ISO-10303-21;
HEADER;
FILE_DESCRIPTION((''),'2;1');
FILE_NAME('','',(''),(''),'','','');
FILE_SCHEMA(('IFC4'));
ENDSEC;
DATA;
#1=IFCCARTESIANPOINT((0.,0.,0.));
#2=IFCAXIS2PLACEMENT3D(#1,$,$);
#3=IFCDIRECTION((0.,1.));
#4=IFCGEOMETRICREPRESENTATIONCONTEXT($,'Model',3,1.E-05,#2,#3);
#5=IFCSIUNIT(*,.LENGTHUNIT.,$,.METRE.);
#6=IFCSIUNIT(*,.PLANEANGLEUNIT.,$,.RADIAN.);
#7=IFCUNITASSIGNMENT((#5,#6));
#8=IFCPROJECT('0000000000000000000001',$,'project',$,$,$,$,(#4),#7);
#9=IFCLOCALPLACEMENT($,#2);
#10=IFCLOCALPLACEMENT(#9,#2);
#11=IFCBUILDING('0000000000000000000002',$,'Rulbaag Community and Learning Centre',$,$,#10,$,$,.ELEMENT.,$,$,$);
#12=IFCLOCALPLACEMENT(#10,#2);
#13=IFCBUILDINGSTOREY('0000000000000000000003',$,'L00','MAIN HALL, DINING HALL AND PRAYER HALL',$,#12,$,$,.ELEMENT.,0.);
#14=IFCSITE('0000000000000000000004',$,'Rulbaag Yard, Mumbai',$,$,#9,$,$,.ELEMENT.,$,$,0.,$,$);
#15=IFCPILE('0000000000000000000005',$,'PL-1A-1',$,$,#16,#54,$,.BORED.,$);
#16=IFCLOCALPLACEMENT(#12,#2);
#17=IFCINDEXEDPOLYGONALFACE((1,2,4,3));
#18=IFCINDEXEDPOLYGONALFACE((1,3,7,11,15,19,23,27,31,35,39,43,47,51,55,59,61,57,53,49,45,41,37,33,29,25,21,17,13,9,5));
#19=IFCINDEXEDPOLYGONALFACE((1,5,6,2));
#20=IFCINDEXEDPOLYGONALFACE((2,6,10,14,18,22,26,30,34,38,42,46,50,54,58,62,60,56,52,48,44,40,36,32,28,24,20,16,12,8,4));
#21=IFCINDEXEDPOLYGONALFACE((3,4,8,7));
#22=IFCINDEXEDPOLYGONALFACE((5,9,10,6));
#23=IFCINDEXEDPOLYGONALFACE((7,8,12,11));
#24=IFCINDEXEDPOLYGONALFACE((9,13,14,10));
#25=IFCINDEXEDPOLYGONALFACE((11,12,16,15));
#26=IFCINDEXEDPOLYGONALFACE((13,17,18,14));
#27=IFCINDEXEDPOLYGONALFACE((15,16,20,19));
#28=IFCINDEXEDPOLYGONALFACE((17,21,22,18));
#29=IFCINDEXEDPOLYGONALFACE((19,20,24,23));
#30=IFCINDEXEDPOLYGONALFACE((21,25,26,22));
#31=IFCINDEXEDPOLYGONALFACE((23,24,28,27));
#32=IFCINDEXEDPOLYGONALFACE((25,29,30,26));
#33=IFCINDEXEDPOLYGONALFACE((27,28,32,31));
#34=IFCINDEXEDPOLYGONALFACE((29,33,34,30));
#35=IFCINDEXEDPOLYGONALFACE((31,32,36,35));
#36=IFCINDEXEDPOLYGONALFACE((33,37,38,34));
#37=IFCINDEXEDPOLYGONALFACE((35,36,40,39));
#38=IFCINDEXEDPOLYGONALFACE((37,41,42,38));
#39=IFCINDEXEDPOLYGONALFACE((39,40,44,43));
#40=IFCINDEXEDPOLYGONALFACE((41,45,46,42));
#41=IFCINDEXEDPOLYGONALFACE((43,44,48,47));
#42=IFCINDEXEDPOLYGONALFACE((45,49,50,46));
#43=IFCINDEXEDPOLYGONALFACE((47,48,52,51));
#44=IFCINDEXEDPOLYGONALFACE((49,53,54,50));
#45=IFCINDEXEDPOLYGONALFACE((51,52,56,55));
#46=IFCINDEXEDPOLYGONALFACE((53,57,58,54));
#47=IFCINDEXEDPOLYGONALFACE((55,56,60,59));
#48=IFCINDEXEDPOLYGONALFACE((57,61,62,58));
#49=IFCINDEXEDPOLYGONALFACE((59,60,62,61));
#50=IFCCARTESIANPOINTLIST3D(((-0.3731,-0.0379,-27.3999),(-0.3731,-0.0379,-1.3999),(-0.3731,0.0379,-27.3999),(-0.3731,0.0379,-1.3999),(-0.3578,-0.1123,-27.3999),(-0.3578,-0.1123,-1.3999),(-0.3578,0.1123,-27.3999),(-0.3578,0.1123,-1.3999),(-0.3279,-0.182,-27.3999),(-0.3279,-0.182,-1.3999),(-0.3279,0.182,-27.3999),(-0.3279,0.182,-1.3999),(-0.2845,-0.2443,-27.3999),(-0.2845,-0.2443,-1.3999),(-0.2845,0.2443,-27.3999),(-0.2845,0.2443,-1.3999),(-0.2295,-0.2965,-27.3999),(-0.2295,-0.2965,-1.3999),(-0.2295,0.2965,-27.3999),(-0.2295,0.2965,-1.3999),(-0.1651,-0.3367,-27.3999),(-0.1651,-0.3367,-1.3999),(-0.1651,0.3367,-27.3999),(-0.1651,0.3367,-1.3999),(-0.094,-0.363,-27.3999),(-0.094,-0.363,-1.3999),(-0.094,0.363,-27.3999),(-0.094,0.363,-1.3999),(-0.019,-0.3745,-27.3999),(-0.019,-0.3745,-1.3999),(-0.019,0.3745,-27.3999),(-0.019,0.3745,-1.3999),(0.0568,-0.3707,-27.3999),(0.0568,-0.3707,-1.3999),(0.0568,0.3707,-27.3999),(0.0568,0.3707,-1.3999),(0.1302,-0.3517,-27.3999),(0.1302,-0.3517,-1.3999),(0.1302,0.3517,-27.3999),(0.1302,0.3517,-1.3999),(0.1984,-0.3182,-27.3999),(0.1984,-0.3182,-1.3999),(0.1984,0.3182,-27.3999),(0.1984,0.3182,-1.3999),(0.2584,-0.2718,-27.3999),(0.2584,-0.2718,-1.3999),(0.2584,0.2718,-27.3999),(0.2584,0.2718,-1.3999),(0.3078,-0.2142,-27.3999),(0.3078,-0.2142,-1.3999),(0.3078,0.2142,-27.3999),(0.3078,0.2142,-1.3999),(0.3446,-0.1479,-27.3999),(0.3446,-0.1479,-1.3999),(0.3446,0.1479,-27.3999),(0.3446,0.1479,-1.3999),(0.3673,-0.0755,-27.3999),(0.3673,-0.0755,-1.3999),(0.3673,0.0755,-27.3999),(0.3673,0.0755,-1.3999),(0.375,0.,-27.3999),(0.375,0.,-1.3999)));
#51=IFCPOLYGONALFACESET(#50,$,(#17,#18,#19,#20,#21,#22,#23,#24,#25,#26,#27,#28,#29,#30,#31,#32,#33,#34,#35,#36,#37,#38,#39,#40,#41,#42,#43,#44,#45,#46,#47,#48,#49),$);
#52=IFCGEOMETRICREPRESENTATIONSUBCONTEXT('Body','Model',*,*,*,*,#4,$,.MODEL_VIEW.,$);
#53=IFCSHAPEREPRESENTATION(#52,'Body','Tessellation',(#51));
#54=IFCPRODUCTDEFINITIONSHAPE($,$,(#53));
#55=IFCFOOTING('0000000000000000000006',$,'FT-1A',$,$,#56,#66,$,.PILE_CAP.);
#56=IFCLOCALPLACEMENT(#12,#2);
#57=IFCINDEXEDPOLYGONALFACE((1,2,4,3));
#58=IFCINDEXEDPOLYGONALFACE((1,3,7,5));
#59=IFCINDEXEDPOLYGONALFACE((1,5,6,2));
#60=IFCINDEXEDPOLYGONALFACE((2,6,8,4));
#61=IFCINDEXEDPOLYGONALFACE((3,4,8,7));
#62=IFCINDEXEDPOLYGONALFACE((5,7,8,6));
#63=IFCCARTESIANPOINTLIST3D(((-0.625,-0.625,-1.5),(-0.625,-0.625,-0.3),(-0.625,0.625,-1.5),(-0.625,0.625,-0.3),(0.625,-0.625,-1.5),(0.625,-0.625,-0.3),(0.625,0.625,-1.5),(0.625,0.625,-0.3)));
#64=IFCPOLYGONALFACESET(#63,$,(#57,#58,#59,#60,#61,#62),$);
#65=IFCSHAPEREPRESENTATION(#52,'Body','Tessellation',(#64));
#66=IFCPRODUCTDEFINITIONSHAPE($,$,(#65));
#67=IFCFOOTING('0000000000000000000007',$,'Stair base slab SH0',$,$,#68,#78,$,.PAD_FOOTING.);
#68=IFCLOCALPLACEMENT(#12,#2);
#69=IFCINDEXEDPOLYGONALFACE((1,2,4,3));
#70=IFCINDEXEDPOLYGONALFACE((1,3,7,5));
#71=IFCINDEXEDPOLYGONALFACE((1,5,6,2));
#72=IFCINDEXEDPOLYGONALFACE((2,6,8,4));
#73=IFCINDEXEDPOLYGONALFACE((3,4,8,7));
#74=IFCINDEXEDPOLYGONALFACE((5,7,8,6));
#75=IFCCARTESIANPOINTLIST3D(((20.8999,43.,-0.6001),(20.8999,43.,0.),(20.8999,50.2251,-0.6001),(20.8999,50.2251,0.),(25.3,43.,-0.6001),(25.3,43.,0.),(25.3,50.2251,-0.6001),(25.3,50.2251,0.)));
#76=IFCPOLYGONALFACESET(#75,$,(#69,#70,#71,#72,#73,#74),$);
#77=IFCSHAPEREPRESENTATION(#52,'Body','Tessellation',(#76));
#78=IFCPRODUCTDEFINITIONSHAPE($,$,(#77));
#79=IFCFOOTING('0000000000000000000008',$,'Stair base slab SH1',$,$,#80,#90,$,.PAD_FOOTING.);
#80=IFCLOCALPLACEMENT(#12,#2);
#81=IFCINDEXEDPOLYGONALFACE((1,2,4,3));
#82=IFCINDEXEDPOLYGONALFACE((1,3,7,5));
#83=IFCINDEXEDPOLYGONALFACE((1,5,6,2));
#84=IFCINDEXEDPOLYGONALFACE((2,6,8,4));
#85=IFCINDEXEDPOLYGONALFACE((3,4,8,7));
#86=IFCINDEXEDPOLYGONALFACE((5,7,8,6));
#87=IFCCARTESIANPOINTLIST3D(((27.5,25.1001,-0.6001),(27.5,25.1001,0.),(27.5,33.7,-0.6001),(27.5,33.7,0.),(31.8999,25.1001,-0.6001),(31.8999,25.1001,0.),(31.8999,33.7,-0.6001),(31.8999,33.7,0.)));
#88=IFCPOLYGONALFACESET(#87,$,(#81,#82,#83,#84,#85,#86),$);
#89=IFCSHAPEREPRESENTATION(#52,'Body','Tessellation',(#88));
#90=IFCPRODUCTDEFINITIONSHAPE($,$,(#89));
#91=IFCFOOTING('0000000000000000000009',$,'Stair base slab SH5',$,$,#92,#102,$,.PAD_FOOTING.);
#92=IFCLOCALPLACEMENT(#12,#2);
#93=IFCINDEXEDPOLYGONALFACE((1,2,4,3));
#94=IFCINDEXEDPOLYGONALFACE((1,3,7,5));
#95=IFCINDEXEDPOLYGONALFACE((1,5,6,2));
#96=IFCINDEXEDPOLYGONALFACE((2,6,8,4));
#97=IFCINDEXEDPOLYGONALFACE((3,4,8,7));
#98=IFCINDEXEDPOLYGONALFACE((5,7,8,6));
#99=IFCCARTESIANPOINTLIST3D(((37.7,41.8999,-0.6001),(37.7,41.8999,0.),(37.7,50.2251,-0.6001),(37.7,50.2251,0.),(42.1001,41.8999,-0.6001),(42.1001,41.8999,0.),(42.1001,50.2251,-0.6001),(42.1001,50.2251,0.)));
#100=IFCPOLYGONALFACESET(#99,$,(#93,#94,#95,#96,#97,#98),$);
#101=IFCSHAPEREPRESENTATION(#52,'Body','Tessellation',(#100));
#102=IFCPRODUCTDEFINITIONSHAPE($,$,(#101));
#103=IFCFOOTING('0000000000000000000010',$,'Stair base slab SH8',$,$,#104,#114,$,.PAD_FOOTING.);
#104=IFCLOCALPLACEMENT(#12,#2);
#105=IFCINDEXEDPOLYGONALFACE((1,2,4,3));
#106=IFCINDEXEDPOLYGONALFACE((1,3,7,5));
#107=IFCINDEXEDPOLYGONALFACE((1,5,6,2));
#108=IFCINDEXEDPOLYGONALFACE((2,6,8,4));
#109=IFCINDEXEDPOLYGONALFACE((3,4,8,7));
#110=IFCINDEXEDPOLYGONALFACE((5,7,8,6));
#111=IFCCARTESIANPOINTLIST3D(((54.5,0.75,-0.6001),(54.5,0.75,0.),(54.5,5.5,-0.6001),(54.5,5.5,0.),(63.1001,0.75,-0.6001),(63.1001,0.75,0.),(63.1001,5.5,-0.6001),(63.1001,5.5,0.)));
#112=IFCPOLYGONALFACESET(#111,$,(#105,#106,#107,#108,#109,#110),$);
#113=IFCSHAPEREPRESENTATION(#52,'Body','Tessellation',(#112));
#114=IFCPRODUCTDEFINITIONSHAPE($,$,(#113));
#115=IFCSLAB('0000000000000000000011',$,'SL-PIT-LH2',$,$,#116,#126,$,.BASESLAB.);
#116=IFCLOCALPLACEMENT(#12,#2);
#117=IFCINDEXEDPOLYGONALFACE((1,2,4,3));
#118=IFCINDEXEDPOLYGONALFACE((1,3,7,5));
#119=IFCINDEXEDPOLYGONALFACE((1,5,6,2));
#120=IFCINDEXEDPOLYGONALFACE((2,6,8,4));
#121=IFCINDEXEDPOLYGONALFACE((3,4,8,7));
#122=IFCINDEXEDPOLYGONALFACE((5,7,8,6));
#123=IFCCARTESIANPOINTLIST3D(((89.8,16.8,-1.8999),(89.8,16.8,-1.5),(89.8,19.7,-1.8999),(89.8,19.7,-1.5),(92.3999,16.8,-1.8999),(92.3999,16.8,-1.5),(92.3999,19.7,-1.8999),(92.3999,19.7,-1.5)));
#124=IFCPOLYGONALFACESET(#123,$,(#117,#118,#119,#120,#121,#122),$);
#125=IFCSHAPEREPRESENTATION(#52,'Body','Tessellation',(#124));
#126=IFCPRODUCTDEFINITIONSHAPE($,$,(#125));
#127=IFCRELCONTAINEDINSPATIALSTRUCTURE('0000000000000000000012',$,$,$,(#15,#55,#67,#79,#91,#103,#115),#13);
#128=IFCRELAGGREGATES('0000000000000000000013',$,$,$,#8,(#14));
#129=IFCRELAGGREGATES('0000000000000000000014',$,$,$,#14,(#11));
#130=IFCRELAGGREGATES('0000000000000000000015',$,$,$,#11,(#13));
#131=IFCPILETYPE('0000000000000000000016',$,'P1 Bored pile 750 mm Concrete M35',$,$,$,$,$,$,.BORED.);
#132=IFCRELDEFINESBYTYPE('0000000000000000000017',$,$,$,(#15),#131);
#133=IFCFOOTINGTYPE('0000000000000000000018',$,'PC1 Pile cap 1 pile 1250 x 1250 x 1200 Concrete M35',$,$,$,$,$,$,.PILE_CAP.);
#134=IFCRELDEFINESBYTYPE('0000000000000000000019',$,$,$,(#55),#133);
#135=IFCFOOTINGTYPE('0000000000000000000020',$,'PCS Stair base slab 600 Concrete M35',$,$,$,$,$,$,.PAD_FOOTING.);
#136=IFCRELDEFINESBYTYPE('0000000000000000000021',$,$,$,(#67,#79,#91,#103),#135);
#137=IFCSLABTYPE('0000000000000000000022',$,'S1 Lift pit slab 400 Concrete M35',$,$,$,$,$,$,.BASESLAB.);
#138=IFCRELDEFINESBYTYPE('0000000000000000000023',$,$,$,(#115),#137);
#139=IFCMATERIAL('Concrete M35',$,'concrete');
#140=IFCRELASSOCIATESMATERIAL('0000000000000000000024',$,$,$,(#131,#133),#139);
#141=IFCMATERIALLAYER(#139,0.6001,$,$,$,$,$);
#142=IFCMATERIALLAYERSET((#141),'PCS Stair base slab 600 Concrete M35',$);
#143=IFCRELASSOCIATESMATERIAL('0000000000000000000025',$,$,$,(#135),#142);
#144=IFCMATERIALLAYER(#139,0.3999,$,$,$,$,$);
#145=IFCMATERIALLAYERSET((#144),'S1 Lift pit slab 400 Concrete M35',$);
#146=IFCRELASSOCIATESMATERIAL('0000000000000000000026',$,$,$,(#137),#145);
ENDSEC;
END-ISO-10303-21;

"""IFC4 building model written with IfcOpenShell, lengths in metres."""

from ifc_helpers import new_model, si_unit, direction, frame, origin, origin_2d, place, context, subcontext, project, spatial, polyline, rectangle, circle, outline, extrude, material, layer, layer_set, material_profile, profile_set, type_object, element, save


model = new_model("IFC4")

# Units and contexts
model_context = context("Model", 3, precision=1e-05, world=origin(), true_north=direction((0.0, 1.0)))
body_context = subcontext(model_context, "Body", "Model", "MODEL_VIEW")
ifc_project = project(units=[si_unit("LENGTHUNIT", "METRE"), si_unit("PLANEANGLEUNIT", "RADIAN")], contexts=[model_context])

# Site, building, storey
site_placement = place(None, origin())
site = spatial("IfcSite", under=ifc_project, at=site_placement, Name="Rulbaag Yard, Mumbai", CompositionType="ELEMENT", RefElevation=0.0)
building_placement = place(site_placement, origin())
building = spatial("IfcBuilding", under=site, at=building_placement, Name="Rulbaag Community and Learning Centre", CompositionType="ELEMENT")
storey_placement = place(building_placement, origin())
storey = spatial("IfcBuildingStorey", under=building, at=storey_placement, Name="L00", Description="MAIN HALL, DINING HALL AND PRAYER HALL", CompositionType="ELEMENT", Elevation=0.0)

# Pile
ifc_material = material(Name="Concrete M35", Category="concrete")
ifc_material_profile = material_profile(ifc_material, circle(Radius=0.375, at=origin_2d()), Name="BP750")
ifc_profile_set = profile_set([ifc_material_profile], Name="Concrete M35")
pile_type = type_object("IfcPileType", Name="P1 Bored pile 750 mm Concrete M35", PredefinedType="BORED", material=ifc_profile_set)
pile_placement = place(storey_placement, frame((0.0, 0.0, -1.3999), z_axis=(0.0, 0.0, -1.0), x_axis=(1.0, 0.0, 0.0)))
element("IfcPile", 1, at=pile_placement, inside=storey, type_object=pile_type, Name="PL-1A-1", PredefinedType="BORED", context=body_context, shape_type="SweptSolid", body=[
    extrude(circle(Radius=0.375, at=origin_2d()), origin(), (0.0, 0.0, 1.0), 26.0),
])

# Footings
footing_type_1 = type_object("IfcFootingType", Name="PC1 Pile cap 1 pile 1250 x 1250 x 1200 Concrete M35", PredefinedType="PILE_CAP", material=ifc_material)
footing_1_placement = place(storey_placement, frame((0.0, 0.0, -1.5), z_axis=(0.0, 0.0, 1.0), x_axis=(1.0, 0.0, 0.0)))
element("IfcFooting", 2, at=footing_1_placement, inside=storey, type_object=footing_type_1, Name="FT-1A", PredefinedType="PILE_CAP", context=body_context, shape_type="SweptSolid", body=[
    extrude(rectangle(XDim=1.25, YDim=1.25, at=origin_2d()), origin(), (0.0, 0.0, 1.0), 1.2),
])
ifc_layer_1 = layer(ifc_material, 0.6001)
ifc_layer_set_1 = layer_set([ifc_layer_1], Name="PCS Stair base slab 600 Concrete M35")
footing_type_2 = type_object("IfcFootingType", Name="PCS Stair base slab 600 Concrete M35", PredefinedType="PAD_FOOTING", material=ifc_layer_set_1)
footing_2_placement = place(storey_placement, frame((0.0, 0.0, -0.6001)))
element("IfcFooting", 3, at=footing_2_placement, inside=storey, type_object=footing_type_2, Name="Stair base slab SH0", PredefinedType="PAD_FOOTING", context=body_context, shape_type="SweptSolid", body=[
    extrude(outline(polyline([(20.8999, 43.0), (25.3, 43.0), (25.3, 50.2251), (20.8999, 50.2251), (20.8999, 43.0)])), origin(), (0.0, 0.0, 1.0), 0.6001),
])
footing_3_placement = place(storey_placement, frame((0.0, 0.0, -0.6001)))
element("IfcFooting", 4, at=footing_3_placement, inside=storey, type_object=footing_type_2, Name="Stair base slab SH1", PredefinedType="PAD_FOOTING", context=body_context, shape_type="SweptSolid", body=[
    extrude(outline(polyline([(27.5, 25.1001), (31.8999, 25.1001), (31.8999, 33.7), (27.5, 33.7), (27.5, 25.1001)])), origin(), (0.0, 0.0, 1.0), 0.6001),
])
footing_4_placement = place(storey_placement, frame((0.0, 0.0, -0.6001)))
element("IfcFooting", 5, at=footing_4_placement, inside=storey, type_object=footing_type_2, Name="Stair base slab SH5", PredefinedType="PAD_FOOTING", context=body_context, shape_type="SweptSolid", body=[
    extrude(outline(polyline([(37.7, 41.8999), (42.1001, 41.8999), (42.1001, 50.2251), (37.7, 50.2251), (37.7, 41.8999)])), origin(), (0.0, 0.0, 1.0), 0.6001),
])
footing_5_placement = place(storey_placement, frame((0.0, 0.0, -0.6001)))
element("IfcFooting", 6, at=footing_5_placement, inside=storey, type_object=footing_type_2, Name="Stair base slab SH8", PredefinedType="PAD_FOOTING", context=body_context, shape_type="SweptSolid", body=[
    extrude(outline(polyline([(54.5, 0.75), (63.1001, 0.75), (63.1001, 5.5), (54.5, 5.5), (54.5, 0.75)])), origin(), (0.0, 0.0, 1.0), 0.6001),
])

# Slab
ifc_layer_2 = layer(ifc_material, 0.3999)
ifc_layer_set_2 = layer_set([ifc_layer_2], Name="S1 Lift pit slab 400 Concrete M35")
slab_type = type_object("IfcSlabType", Name="S1 Lift pit slab 400 Concrete M35", PredefinedType="BASESLAB", material=ifc_layer_set_2)
slab_placement = place(storey_placement, frame((0.0, 0.0, -1.8999)))
element("IfcSlab", 7, at=slab_placement, inside=storey, type_object=slab_type, Name="SL-PIT-LH2", PredefinedType="BASESLAB", context=body_context, shape_type="SweptSolid", body=[
    extrude(outline(polyline([(92.3999, 16.8), (92.3999, 19.7), (89.8, 19.7), (89.8, 16.8), (92.3999, 16.8)])), origin(), (0.0, 0.0, 1.0), 0.3999),
])

save(model, "model.ifc")
